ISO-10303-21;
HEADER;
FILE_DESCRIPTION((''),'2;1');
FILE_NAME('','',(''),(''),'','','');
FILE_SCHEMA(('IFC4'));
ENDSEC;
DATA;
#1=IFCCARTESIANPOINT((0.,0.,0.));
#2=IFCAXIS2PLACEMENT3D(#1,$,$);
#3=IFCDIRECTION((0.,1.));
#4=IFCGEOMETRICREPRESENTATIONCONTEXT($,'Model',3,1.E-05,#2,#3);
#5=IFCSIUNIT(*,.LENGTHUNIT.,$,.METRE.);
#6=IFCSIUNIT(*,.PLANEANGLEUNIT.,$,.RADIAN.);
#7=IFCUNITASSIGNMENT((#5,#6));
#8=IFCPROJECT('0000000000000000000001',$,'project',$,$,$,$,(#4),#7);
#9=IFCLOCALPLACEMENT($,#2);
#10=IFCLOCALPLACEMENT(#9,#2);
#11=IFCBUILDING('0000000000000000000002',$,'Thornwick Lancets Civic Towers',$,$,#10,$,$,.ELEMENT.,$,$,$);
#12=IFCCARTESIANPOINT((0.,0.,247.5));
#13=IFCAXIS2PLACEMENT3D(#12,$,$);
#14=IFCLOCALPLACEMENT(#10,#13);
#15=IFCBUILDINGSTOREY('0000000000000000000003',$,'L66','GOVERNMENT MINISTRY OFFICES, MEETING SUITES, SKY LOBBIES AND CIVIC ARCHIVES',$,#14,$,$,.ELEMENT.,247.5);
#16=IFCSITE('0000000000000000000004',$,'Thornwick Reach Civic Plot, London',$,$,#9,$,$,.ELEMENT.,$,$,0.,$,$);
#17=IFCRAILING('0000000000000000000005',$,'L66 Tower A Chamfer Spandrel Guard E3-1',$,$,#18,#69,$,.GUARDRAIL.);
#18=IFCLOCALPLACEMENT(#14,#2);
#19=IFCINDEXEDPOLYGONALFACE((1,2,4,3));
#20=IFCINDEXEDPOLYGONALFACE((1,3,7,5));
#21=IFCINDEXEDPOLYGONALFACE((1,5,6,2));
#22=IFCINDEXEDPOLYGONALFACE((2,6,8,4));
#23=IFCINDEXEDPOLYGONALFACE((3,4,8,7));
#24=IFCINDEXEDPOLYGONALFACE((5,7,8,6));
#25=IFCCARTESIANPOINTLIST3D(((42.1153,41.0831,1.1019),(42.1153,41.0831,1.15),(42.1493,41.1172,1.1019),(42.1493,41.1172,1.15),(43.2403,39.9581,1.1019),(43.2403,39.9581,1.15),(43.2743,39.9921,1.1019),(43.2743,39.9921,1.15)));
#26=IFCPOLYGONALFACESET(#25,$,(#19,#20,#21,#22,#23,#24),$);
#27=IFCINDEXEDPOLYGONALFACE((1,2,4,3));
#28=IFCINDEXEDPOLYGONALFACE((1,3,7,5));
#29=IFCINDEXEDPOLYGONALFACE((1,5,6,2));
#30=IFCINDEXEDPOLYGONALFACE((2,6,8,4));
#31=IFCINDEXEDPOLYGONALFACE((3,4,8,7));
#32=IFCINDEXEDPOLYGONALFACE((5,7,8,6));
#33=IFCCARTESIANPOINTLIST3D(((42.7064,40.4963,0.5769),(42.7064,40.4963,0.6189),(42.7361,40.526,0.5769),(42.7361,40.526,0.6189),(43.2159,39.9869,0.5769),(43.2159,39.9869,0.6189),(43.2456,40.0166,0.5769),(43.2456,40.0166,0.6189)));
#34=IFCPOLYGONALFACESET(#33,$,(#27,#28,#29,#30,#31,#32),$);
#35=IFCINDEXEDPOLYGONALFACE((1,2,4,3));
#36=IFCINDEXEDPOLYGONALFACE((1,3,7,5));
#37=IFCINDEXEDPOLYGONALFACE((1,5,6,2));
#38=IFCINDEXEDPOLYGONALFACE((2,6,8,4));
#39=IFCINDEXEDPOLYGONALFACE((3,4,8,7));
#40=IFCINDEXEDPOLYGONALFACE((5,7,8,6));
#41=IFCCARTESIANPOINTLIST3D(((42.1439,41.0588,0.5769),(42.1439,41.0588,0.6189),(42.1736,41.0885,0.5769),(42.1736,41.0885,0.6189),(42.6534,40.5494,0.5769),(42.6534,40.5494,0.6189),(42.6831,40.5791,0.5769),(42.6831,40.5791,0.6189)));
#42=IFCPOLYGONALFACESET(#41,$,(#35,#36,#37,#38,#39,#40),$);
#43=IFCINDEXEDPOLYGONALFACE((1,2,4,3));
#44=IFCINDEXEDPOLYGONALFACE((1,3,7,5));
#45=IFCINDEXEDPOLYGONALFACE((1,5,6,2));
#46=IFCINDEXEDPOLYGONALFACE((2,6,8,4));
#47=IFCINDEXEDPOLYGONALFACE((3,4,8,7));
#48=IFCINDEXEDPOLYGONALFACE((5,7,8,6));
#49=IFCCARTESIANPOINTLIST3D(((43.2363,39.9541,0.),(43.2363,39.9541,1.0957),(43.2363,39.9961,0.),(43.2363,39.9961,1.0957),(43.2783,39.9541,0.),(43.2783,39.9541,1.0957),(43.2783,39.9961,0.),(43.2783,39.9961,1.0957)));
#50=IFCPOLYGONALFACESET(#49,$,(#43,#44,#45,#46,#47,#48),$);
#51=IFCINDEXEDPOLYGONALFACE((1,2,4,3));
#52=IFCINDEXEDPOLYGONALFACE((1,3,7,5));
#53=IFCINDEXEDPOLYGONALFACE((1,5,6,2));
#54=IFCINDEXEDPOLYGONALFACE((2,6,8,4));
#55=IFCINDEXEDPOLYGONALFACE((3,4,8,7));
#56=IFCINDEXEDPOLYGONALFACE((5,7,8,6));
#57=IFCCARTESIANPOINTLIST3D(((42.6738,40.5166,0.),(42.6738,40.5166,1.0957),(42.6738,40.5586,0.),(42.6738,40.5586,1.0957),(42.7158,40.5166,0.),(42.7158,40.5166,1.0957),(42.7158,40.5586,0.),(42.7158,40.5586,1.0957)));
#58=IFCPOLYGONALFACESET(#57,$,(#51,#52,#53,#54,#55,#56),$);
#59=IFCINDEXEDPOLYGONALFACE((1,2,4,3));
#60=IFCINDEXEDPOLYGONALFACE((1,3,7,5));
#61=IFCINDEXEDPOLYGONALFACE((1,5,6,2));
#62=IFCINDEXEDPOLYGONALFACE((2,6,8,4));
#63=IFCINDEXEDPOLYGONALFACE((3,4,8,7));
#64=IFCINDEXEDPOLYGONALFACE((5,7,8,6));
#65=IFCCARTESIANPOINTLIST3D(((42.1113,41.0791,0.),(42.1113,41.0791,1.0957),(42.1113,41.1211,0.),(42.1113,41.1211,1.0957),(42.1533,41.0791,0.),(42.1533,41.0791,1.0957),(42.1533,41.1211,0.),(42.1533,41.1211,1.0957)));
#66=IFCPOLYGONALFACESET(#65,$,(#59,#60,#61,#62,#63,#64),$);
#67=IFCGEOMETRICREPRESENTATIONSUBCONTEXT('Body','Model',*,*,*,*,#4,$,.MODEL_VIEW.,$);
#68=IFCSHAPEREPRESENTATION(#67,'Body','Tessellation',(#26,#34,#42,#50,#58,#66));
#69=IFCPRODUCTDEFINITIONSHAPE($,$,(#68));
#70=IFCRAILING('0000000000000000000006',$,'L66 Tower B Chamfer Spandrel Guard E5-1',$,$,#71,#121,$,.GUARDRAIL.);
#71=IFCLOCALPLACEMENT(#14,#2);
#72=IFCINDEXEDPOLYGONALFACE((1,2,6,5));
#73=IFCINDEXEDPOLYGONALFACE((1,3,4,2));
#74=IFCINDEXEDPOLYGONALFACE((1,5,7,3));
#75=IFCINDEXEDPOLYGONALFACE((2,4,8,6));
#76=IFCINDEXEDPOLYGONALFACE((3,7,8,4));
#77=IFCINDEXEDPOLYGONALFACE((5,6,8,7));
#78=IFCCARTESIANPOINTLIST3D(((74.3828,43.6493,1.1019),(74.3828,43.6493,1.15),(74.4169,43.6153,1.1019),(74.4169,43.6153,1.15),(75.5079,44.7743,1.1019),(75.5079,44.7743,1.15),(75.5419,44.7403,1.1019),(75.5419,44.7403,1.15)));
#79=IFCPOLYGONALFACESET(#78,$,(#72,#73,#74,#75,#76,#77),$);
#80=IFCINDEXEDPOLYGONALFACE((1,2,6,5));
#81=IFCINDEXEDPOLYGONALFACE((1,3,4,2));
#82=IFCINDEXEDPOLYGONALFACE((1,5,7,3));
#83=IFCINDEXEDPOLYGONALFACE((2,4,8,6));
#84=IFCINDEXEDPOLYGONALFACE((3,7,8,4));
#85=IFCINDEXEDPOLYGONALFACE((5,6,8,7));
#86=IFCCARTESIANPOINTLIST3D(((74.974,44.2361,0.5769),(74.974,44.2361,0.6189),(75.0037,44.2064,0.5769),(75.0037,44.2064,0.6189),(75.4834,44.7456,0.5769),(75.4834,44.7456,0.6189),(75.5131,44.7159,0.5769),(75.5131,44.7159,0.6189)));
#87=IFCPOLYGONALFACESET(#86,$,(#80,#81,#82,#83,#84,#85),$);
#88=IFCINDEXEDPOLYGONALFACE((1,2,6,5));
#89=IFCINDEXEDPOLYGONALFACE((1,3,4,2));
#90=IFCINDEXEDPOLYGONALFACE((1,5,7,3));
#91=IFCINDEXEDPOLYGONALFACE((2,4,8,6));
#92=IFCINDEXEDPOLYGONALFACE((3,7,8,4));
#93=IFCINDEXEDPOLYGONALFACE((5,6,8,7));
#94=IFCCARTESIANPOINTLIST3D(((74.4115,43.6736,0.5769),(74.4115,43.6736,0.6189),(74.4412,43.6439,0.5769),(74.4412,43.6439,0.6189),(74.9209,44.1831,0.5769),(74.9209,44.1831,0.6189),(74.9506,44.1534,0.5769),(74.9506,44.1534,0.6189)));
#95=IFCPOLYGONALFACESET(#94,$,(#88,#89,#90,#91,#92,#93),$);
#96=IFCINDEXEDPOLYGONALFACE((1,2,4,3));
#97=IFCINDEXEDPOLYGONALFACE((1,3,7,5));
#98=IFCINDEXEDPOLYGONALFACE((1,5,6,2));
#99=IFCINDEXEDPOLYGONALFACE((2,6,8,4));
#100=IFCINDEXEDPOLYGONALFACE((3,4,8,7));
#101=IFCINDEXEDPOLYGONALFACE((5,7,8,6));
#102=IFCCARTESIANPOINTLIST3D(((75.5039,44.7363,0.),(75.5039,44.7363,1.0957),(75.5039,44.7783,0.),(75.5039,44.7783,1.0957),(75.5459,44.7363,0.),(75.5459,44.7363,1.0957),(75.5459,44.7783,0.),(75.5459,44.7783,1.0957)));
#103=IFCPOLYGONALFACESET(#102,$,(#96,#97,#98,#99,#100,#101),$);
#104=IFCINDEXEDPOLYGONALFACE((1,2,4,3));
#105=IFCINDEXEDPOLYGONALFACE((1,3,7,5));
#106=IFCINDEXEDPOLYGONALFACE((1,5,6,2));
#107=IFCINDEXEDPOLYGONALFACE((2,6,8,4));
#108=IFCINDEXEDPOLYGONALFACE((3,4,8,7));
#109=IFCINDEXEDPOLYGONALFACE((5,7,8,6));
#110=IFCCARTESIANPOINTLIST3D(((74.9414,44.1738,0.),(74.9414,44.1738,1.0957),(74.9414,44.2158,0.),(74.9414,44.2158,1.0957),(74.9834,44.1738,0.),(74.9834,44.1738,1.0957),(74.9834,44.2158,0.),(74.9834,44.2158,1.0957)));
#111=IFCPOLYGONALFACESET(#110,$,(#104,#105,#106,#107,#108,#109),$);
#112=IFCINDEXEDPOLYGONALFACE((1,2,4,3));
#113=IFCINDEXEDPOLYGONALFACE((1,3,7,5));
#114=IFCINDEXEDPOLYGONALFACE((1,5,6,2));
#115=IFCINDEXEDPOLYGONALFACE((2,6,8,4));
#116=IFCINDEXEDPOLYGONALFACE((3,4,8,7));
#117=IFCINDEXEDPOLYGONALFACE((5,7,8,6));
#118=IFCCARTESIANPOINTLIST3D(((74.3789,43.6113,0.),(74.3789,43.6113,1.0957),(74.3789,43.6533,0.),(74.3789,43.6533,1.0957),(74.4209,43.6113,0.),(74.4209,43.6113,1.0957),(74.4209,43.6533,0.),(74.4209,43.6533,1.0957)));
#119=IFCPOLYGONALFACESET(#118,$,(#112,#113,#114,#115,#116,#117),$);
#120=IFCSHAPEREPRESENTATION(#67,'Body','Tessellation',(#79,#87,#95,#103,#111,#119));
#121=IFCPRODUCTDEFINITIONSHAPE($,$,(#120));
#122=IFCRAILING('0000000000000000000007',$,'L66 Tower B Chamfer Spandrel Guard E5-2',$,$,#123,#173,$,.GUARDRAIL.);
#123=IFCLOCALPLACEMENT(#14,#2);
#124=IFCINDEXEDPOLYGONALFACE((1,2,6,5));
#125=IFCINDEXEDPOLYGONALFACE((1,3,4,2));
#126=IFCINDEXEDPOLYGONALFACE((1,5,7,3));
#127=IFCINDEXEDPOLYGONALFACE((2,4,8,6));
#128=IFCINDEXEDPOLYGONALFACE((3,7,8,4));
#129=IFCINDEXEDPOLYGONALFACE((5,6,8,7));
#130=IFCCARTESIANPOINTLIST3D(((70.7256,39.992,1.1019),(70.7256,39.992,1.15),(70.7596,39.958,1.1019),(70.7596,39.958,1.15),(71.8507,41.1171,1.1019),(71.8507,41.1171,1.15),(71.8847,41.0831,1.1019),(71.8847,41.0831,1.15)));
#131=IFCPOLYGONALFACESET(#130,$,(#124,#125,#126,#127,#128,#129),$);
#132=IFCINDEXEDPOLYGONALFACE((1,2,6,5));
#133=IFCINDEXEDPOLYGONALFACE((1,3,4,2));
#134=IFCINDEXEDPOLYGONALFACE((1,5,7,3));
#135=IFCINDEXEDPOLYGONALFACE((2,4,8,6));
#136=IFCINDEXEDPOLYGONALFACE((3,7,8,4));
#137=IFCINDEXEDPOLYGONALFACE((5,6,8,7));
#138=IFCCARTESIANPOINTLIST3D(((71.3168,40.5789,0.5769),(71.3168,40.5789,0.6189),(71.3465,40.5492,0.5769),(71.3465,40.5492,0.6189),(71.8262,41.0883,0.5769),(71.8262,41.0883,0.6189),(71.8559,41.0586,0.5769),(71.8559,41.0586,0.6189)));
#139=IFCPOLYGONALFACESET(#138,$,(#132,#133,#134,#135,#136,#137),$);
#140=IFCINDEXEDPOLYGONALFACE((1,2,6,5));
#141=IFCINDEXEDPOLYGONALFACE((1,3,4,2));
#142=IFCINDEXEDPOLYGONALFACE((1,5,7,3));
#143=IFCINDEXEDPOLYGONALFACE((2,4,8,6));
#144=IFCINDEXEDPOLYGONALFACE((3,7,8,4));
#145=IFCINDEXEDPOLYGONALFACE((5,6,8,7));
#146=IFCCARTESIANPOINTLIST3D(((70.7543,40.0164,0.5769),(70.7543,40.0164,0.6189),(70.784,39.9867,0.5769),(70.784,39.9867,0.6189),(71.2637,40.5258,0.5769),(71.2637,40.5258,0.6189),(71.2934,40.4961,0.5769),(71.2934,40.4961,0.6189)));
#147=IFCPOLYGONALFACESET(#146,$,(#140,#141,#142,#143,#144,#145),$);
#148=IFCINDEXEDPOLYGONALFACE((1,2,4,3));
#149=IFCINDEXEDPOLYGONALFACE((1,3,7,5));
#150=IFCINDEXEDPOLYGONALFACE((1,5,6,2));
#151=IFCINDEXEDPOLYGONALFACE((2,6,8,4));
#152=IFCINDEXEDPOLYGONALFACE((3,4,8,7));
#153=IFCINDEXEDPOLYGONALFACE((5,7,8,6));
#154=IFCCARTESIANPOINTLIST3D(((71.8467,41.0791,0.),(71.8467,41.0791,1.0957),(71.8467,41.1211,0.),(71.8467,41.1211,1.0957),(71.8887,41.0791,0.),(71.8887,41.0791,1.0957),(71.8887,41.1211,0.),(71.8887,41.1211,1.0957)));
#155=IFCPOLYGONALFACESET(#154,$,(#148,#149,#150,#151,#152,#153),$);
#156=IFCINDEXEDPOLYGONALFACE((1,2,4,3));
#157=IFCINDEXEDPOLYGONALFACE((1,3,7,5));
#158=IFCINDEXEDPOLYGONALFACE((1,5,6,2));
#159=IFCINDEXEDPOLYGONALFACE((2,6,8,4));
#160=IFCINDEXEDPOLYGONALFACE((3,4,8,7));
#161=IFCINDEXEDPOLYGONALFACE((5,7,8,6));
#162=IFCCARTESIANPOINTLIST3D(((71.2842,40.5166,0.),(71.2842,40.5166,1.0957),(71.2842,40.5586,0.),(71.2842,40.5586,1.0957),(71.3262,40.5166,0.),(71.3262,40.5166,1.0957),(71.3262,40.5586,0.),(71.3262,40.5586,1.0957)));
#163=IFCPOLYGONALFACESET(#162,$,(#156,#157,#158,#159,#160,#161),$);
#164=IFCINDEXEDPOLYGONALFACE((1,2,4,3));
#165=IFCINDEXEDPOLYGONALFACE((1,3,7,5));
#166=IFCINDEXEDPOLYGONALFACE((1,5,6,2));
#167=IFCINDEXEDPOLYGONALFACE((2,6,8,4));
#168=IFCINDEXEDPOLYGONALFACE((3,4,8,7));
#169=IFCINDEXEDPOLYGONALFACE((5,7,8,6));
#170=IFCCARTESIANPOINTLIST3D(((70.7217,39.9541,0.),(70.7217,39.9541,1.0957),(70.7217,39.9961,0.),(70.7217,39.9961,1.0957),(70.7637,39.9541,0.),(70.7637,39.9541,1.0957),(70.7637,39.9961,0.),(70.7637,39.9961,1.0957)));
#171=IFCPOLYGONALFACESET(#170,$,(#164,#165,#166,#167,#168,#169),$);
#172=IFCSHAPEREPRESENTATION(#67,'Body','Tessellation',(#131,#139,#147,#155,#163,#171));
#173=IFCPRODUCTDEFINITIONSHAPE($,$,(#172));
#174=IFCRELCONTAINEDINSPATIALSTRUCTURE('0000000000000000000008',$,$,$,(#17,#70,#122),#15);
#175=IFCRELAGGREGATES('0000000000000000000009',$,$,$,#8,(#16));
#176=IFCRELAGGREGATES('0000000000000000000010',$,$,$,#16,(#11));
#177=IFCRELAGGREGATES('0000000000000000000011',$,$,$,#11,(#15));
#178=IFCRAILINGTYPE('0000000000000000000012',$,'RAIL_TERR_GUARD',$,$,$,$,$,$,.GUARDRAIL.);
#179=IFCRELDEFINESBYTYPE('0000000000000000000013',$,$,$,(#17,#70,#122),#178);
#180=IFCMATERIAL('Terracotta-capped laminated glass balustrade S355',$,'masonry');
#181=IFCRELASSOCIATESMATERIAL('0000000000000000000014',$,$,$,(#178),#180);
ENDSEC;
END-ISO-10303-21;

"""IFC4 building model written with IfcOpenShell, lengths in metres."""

from ifc_helpers import new_model, si_unit, direction, frame, origin, origin_2d, place, context, subcontext, project, spatial, rectangle, extrude, material, type_object, element, save


model = new_model("IFC4")

# Units and contexts
model_context = context("Model", 3, precision=1e-05, world=origin(), true_north=direction((0.0, 1.0)))
body_context = subcontext(model_context, "Body", "Model", "MODEL_VIEW")
ifc_project = project(units=[si_unit("LENGTHUNIT", "METRE"), si_unit("PLANEANGLEUNIT", "RADIAN")], contexts=[model_context])

# Site, building, storey
site_placement = place(None, origin())
site = spatial("IfcSite", under=ifc_project, at=site_placement, Name="Thornwick Reach Civic Plot, London", CompositionType="ELEMENT", RefElevation=0.0)
building_placement = place(site_placement, origin())
building = spatial("IfcBuilding", under=site, at=building_placement, Name="Thornwick Lancets Civic Towers", CompositionType="ELEMENT")
storey_placement = place(building_placement, frame((0.0, 0.0, 247.5)))
storey = spatial("IfcBuildingStorey", under=building, at=storey_placement, Name="L66", Description="GOVERNMENT MINISTRY OFFICES, MEETING SUITES, SKY LOBBIES AND CIVIC ARCHIVES", CompositionType="ELEMENT", Elevation=247.5)

# Railings
ifc_material_1 = material(Name="Terracotta-capped laminated glass balustrade S355", Category="masonry")
railing_type_1 = type_object("IfcRailingType", Name="RAIL_TERR_GUARD", PredefinedType="GUARDRAIL", material=ifc_material_1)
railing_1_placement = place(storey_placement, frame((43.2573, 39.9751, 0.0)))
element("IfcRailing", 1, at=railing_1_placement, inside=storey, type_object=railing_type_1, Name="L66 Tower A Chamfer Spandrel Guard E3-1", PredefinedType="GUARDRAIL", context=body_context, shape_type="SweptSolid", body=[
    extrude(rectangle(XDim=0.0481, YDim=0.0481, at=origin_2d()), frame((0.0, 0.0, 1.126), z_axis=(-0.707107, 0.707107, 0.0), x_axis=(-0.707107, -0.707107, 0.0)), (0.0, 0.0, 1.0), 1.5911),
    extrude(rectangle(XDim=0.042, YDim=0.042, at=origin_2d()), frame((-0.0266, 0.0266, 0.5979), z_axis=(-0.707107, 0.707107, 0.0), x_axis=(-0.707107, -0.707107, 0.0)), (0.0, 0.0, 1.0), 0.7205),
    extrude(rectangle(XDim=0.042, YDim=0.042, at=origin_2d()), frame((-0.5891, 0.5891, 0.5979), z_axis=(-0.707107, 0.707107, 0.0), x_axis=(-0.707107, -0.707107, 0.0)), (0.0, 0.0, 1.0), 0.7205),
    extrude(rectangle(XDim=0.042, YDim=0.042, at=origin_2d()), origin(), (0.0, 0.0, 1.0), 1.0957),
    extrude(rectangle(XDim=0.042, YDim=0.042, at=origin_2d()), frame((-0.5625, 0.5625, 0.0)), (0.0, 0.0, 1.0), 1.0957),
    extrude(rectangle(XDim=0.042, YDim=0.042, at=origin_2d()), frame((-1.125, 1.125, 0.0)), (0.0, 0.0, 1.0), 1.0957),
])
for number, where, name in (
    (2, (75.5249, 44.7573, 0.0), "L66 Tower B Chamfer Spandrel Guard E5-1"),
    (3, (71.8677, 41.1001, 0.0), "L66 Tower B Chamfer Spandrel Guard E5-2"),
):
    element("IfcRailing", number, at=place(storey_placement, frame(where)), inside=storey, type_object=railing_type_1, Name=name, PredefinedType="GUARDRAIL", context=body_context, shape_type="SweptSolid", body=[
        extrude(rectangle(XDim=0.0481, YDim=0.0481, at=origin_2d()), frame((0.0, 0.0, 1.126), z_axis=(-0.707107, -0.707107, 0.0), x_axis=(0.707107, -0.707107, 0.0)), (0.0, 0.0, 1.0), 1.5911),
        extrude(rectangle(XDim=0.042, YDim=0.042, at=origin_2d()), frame((-0.0266, -0.0266, 0.5979), z_axis=(-0.707107, -0.707107, 0.0), x_axis=(0.707107, -0.707107, 0.0)), (0.0, 0.0, 1.0), 0.7205),
        extrude(rectangle(XDim=0.042, YDim=0.042, at=origin_2d()), frame((-0.5891, -0.5891, 0.5979), z_axis=(-0.707107, -0.707107, 0.0), x_axis=(0.707107, -0.707107, 0.0)), (0.0, 0.0, 1.0), 0.7205),
        extrude(rectangle(XDim=0.042, YDim=0.042, at=origin_2d()), origin(), (0.0, 0.0, 1.0), 1.0957),
        extrude(rectangle(XDim=0.042, YDim=0.042, at=origin_2d()), frame((-0.5625, -0.5625, 0.0)), (0.0, 0.0, 1.0), 1.0957),
        extrude(rectangle(XDim=0.042, YDim=0.042, at=origin_2d()), frame((-1.125, -1.125, 0.0)), (0.0, 0.0, 1.0), 1.0957),
    ])

save(model, "model.ifc")
